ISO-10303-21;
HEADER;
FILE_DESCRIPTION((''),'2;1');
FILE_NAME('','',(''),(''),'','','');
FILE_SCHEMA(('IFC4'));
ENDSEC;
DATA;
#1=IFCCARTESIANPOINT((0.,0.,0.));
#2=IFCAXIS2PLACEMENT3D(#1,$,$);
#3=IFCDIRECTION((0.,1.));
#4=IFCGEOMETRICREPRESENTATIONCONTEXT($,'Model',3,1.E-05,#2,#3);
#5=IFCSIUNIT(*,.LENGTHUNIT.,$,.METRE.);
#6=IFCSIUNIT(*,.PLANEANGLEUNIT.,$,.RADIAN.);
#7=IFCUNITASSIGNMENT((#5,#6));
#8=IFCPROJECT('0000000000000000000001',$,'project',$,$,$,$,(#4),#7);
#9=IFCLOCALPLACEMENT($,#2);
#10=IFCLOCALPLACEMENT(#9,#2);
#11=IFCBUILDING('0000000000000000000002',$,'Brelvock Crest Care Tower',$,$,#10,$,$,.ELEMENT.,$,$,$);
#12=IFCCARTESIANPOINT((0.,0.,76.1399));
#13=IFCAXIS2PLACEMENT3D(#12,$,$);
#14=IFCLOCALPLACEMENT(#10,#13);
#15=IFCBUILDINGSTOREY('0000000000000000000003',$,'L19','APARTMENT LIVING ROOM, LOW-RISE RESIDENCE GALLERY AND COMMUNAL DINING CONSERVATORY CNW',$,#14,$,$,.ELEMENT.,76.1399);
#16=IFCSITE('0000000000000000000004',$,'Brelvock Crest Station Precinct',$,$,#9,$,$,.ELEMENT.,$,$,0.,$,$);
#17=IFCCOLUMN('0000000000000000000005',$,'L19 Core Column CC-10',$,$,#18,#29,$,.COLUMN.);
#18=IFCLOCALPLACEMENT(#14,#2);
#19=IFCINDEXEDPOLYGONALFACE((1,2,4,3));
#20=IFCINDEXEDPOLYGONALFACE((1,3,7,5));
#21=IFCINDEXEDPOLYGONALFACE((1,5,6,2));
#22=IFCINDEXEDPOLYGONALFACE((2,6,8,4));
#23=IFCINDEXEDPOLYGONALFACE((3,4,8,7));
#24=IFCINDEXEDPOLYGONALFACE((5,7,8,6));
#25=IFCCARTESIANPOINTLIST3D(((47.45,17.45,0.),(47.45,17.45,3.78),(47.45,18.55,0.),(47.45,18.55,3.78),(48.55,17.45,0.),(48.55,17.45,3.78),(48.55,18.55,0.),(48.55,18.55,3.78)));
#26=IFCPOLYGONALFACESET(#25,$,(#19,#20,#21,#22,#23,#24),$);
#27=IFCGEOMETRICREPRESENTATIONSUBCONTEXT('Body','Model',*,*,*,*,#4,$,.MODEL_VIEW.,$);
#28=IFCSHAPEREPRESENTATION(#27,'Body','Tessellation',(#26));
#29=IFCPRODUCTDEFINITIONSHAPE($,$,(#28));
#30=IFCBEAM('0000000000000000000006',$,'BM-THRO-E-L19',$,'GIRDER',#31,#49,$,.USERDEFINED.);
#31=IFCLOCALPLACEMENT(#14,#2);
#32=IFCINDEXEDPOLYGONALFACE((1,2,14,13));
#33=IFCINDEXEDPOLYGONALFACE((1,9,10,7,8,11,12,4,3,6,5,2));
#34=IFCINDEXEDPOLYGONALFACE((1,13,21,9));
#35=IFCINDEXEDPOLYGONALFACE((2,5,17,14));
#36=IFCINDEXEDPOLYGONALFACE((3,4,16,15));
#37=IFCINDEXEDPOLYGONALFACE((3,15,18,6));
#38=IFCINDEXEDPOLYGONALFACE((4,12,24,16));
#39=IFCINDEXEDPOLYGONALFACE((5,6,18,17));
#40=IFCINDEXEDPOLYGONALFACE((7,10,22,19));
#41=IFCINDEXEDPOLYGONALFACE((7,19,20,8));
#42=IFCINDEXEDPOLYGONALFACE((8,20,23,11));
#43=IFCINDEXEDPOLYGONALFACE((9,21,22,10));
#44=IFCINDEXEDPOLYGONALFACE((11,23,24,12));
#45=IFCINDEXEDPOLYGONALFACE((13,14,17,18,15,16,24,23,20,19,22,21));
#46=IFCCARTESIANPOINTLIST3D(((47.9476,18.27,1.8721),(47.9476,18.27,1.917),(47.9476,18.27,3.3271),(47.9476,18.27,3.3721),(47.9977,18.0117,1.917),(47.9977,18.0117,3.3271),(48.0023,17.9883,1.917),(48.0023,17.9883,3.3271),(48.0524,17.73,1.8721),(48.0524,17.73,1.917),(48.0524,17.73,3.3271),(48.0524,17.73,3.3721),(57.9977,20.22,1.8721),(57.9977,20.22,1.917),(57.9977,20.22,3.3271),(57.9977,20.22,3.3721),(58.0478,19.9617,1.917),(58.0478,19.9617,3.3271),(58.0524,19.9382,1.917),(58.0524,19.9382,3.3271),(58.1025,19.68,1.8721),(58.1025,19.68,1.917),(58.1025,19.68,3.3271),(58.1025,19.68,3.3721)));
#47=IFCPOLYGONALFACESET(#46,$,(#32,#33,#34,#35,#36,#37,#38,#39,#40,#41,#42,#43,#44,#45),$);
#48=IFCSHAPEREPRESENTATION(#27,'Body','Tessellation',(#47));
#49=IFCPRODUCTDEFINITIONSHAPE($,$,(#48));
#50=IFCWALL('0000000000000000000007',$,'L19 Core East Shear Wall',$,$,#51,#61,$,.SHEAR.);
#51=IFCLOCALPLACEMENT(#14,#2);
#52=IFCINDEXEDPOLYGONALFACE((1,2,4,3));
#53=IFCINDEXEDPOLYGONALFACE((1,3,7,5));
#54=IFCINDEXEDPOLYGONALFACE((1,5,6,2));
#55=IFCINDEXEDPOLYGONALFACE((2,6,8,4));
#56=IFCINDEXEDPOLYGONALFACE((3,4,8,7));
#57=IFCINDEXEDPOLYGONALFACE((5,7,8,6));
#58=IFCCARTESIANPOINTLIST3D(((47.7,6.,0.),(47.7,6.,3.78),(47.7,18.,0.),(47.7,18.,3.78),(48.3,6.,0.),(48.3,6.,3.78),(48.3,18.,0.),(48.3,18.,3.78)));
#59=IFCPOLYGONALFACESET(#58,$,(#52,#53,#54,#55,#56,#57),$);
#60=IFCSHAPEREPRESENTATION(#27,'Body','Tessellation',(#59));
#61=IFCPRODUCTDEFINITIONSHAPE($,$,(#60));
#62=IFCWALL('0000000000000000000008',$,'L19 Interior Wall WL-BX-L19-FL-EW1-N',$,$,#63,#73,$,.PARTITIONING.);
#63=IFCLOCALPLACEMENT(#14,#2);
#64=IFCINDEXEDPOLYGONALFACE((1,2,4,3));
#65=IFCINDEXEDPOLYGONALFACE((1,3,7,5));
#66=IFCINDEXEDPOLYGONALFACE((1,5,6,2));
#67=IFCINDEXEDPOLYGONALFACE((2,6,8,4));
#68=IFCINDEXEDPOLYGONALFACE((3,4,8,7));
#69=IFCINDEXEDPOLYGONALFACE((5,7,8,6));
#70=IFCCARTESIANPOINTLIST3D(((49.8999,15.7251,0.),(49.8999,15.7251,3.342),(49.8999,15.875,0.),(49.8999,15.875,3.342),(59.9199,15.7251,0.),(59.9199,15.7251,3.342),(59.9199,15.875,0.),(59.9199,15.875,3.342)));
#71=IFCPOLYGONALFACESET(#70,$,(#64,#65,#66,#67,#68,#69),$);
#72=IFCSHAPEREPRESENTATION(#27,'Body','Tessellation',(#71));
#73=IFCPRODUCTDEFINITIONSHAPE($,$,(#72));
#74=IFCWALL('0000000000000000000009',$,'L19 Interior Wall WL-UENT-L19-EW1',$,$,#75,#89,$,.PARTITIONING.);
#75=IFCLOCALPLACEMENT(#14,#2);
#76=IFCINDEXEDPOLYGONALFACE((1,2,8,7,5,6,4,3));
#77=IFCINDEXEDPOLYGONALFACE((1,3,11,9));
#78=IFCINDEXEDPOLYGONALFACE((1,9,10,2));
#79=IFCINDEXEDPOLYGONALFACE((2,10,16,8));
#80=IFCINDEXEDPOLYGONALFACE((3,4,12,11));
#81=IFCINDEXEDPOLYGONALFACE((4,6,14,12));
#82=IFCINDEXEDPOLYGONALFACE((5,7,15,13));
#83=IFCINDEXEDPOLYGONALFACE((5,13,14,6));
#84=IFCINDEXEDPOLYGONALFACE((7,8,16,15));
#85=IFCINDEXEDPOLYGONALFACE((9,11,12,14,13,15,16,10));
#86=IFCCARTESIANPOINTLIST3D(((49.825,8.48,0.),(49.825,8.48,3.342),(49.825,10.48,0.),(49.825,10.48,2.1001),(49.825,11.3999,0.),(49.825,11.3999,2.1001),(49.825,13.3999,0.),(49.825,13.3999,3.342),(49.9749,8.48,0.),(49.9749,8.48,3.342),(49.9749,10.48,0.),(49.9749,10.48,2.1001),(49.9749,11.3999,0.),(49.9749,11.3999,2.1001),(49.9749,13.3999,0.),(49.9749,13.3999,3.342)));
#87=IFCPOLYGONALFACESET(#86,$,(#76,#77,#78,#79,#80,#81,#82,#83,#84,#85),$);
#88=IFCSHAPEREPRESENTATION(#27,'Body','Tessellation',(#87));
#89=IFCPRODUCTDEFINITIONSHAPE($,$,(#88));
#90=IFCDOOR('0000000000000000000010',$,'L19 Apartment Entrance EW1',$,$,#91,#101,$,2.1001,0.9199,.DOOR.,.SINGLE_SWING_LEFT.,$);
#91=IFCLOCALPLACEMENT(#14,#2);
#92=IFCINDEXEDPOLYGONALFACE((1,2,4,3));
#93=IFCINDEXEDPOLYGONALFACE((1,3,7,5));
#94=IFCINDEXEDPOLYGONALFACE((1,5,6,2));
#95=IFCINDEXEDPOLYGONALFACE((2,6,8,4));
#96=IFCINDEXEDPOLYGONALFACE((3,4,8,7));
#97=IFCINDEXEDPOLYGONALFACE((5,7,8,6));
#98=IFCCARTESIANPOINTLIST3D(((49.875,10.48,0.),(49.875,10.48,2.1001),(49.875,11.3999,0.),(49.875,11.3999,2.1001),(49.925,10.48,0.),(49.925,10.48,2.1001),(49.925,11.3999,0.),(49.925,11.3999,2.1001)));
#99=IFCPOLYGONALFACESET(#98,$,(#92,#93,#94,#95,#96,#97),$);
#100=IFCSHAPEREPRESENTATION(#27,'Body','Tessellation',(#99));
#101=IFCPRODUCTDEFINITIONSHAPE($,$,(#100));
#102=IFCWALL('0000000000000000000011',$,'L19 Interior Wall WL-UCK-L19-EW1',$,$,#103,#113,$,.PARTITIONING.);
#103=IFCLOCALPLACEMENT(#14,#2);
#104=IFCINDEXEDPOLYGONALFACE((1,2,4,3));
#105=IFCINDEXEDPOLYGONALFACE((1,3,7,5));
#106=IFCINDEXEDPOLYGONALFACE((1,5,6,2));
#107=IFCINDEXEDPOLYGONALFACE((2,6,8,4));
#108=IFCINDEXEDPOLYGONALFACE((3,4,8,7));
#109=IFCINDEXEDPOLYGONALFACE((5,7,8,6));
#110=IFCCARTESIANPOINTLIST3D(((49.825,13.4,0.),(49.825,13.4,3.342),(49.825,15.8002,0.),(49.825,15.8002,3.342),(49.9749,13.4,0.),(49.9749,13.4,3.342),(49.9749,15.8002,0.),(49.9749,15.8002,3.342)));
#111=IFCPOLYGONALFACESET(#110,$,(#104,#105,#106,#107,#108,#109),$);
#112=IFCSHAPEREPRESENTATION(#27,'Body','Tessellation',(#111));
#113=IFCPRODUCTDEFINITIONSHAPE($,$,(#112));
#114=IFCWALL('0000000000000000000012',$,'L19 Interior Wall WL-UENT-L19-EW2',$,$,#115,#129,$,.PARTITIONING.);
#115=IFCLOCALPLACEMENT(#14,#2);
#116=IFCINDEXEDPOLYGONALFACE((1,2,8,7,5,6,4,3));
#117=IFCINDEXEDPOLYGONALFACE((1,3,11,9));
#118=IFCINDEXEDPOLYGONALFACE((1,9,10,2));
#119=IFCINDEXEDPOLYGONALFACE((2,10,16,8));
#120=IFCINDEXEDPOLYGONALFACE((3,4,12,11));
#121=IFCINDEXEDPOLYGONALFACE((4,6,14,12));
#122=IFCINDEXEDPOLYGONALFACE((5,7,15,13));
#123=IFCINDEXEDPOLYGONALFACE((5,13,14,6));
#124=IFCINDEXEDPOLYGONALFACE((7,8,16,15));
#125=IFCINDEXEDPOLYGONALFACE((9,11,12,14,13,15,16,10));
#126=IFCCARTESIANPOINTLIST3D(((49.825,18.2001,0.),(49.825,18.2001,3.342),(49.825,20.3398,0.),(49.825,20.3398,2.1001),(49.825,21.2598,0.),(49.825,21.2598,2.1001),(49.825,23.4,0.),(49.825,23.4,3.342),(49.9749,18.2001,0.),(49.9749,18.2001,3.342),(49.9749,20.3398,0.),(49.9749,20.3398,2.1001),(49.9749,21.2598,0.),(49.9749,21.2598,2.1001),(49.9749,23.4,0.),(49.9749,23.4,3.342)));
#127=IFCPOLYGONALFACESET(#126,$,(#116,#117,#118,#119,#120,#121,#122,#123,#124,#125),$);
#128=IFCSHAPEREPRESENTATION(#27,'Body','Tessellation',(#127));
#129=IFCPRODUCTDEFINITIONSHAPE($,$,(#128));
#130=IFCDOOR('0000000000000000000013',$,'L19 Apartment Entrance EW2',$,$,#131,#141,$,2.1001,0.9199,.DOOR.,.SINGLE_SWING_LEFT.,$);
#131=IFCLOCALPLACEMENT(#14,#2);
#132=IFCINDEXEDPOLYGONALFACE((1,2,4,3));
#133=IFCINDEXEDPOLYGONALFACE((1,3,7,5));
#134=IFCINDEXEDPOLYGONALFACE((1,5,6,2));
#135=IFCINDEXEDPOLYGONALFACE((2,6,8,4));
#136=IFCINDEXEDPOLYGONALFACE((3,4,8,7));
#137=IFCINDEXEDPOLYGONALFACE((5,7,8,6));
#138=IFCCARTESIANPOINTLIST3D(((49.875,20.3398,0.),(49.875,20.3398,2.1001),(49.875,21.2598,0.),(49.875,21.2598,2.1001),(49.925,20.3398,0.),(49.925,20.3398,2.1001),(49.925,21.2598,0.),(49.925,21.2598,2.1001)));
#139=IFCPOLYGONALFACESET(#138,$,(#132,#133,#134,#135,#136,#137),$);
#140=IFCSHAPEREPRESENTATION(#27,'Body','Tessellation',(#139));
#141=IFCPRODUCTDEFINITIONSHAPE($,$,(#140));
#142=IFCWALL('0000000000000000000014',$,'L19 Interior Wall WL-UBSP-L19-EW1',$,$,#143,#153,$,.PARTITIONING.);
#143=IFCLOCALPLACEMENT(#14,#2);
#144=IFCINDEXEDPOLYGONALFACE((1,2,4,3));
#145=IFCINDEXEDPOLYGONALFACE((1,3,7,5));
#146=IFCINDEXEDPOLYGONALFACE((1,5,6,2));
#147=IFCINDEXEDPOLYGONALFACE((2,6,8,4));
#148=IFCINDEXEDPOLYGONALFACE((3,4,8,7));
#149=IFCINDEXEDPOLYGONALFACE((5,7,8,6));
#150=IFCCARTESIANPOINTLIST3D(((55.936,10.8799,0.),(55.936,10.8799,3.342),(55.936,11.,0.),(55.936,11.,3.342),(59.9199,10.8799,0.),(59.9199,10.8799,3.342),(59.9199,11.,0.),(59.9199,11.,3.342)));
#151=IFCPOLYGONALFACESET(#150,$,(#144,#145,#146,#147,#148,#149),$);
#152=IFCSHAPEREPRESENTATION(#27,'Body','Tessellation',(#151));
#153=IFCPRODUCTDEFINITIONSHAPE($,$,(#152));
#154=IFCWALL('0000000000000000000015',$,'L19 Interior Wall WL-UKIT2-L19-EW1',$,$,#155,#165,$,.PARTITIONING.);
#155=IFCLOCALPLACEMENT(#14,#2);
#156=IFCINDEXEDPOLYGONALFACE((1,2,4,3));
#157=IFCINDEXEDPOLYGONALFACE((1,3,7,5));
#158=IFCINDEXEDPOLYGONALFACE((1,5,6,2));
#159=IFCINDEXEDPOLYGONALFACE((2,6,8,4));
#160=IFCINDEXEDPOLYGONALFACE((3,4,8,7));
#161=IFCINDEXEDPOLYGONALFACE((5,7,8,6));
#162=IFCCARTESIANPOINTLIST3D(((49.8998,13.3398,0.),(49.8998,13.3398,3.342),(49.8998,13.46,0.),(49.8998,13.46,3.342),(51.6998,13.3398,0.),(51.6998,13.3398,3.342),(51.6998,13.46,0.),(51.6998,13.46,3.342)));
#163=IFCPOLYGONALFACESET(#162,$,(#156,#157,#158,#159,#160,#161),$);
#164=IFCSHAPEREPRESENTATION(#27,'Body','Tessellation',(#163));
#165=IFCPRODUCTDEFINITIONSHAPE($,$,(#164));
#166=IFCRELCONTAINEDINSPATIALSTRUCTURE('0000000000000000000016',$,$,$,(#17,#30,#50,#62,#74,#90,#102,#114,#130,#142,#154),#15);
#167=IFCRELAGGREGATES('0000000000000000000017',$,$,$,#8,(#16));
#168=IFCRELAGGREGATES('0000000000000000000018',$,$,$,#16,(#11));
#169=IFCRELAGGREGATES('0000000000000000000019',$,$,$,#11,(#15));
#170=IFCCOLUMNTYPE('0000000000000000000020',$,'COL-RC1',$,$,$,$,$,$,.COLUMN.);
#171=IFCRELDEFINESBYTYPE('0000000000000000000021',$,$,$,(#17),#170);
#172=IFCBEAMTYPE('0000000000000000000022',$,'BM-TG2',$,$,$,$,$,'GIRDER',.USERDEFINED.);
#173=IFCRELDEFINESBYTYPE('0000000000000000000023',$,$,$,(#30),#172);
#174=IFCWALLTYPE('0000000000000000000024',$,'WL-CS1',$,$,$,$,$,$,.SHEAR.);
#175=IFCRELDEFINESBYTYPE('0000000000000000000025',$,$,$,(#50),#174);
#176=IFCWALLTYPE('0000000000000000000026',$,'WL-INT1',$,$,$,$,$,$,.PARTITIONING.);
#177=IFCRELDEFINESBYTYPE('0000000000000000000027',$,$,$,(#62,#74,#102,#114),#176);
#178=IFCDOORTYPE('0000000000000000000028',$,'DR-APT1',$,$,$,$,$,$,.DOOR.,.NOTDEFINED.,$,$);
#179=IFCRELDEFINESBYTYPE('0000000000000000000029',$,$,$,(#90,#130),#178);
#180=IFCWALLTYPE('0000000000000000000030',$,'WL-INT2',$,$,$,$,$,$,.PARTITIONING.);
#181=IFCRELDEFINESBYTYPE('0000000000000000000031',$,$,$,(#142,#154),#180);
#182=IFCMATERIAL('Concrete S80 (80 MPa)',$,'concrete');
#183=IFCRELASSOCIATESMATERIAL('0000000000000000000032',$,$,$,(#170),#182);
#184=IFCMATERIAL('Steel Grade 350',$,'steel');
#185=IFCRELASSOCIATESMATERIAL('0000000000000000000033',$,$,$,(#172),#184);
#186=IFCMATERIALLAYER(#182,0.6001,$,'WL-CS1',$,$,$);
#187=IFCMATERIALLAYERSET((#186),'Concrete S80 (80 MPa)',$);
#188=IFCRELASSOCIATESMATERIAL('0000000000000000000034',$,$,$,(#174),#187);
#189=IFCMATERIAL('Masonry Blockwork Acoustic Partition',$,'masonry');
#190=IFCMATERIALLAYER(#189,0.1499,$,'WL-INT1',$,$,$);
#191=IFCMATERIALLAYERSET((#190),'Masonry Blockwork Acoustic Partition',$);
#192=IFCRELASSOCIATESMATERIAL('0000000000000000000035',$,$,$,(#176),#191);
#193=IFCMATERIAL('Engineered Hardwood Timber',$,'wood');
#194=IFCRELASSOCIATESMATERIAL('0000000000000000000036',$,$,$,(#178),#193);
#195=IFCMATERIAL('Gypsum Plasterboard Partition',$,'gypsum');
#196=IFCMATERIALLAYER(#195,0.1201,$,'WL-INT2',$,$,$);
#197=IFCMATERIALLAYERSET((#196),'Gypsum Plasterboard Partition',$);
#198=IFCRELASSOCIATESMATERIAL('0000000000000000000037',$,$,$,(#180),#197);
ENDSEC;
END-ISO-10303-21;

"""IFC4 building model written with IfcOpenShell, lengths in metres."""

from ifc_helpers import new_model, si_unit, direction, frame, frame_2d, origin, origin_2d, place, context, subcontext, project, spatial, rectangle, i_section, extrude, source, transform, mapped, material, layer, layer_set, material_profile, profile_set, type_object, element, fill, save


model = new_model("IFC4")

# Units and contexts
model_context = context("Model", 3, precision=1e-05, world=origin(), true_north=direction((0.0, 1.0)))
body_context = subcontext(model_context, "Body", "Model", "MODEL_VIEW")
ifc_project = project(units=[si_unit("LENGTHUNIT", "METRE"), si_unit("PLANEANGLEUNIT", "RADIAN")], contexts=[model_context])

# Site, building, storey
site_placement = place(None, origin())
site = spatial("IfcSite", under=ifc_project, at=site_placement, Name="Brelvock Crest Station Precinct", CompositionType="ELEMENT", RefElevation=0.0)
building_placement = place(site_placement, origin())
building = spatial("IfcBuilding", under=site, at=building_placement, Name="Brelvock Crest Care Tower", CompositionType="ELEMENT")
storey_placement = place(building_placement, frame((0.0, 0.0, 76.1399)))
storey = spatial("IfcBuildingStorey", under=building, at=storey_placement, Name="L19", Description="APARTMENT LIVING ROOM, LOW-RISE RESIDENCE GALLERY AND COMMUNAL DINING CONSERVATORY CNW", CompositionType="ELEMENT", Elevation=76.1399)

# Column
ifc_material_1 = material(Name="Concrete S80 (80 MPa)", Category="concrete")
ifc_material_profile_1 = material_profile(ifc_material_1, rectangle(XDim=1.1001, YDim=1.1001, at=origin_2d()), Name="RC1100x1100")
ifc_profile_set_1 = profile_set([ifc_material_profile_1], Name="Concrete S80 (80 MPa)")
column_type = type_object("IfcColumnType", Name="COL-RC1", PredefinedType="COLUMN", material=ifc_profile_set_1)
shared_shape_1 = source(origin(), body_context, "Body", "SweptSolid", [
    extrude(rectangle(XDim=1.1001, YDim=1.1001, at=origin_2d()), origin(), (0.0, 0.0, 1.0), 3.78),
])
column_placement = place(storey_placement, frame((48.0, 18.0, 0.0), z_axis=(0.0, 0.0, 1.0), x_axis=(1.0, 0.0, 0.0)))
element("IfcColumn", 1, at=column_placement, inside=storey, type_object=column_type, Name="L19 Core Column CC-10", PredefinedType="COLUMN", context=body_context, shape_type="MappedRepresentation", body=[
    mapped(shared_shape_1, transform((0.0, 0.0, 0.0), x_axis=(1.0, 0.0, 0.0), y_axis=(0.0, 1.0, 0.0), z_axis=(0.0, 0.0, 1.0), scale=1.0)),
])

# Beam
ifc_material_2 = material(Name="Steel Grade 350", Category="steel")
ifc_material_profile_2 = material_profile(ifc_material_2, i_section(OverallWidth=0.55, OverallDepth=1.5, WebThickness=0.0239, FlangeThickness=0.0449, at=origin_2d()), Name="1500TG580")
ifc_profile_set_2 = profile_set([ifc_material_profile_2], Name="Steel Grade 350")
beam_type = type_object("IfcBeamType", Name="BM-TG2", ElementType="GIRDER", PredefinedType="USERDEFINED", material=ifc_profile_set_2)
shared_shape_2 = source(origin(), body_context, "Body", "SweptSolid", [
    extrude(i_section(OverallWidth=0.55, OverallDepth=1.5, WebThickness=0.0239, FlangeThickness=0.0449, at=origin_2d()), origin(), (0.0, 0.0, 1.0), 10.2375),
])
beam_placement = place(storey_placement, frame((48.0, 18.0, 2.6221), z_axis=(0.981693, 0.190472, 0.0), x_axis=(-0.190472, 0.981693, 0.0)))
element("IfcBeam", 2, at=beam_placement, inside=storey, type_object=beam_type, Name="BM-THRO-E-L19", ObjectType="GIRDER", PredefinedType="USERDEFINED", context=body_context, shape_type="MappedRepresentation", body=[
    mapped(shared_shape_2, transform((0.0, 0.0, 0.0), x_axis=(1.0, 0.0, 0.0), y_axis=(0.0, 1.0, 0.0), z_axis=(0.0, 0.0, 1.0), scale=1.0)),
])

# Walls
ifc_layer_1 = layer(ifc_material_1, 0.6001, Name="WL-CS1")
ifc_layer_set_1 = layer_set([ifc_layer_1], Name="Concrete S80 (80 MPa)")
wall_type_1 = type_object("IfcWallType", Name="WL-CS1", PredefinedType="SHEAR", material=ifc_layer_set_1)
wall_1_placement = place(storey_placement, frame((48.0, 18.0, 0.0), z_axis=(0.0, 0.0, 1.0), x_axis=(0.0, -1.0, 0.0)))
element("IfcWall", 3, at=wall_1_placement, inside=storey, type_object=wall_type_1, Name="L19 Core East Shear Wall", PredefinedType="SHEAR", context=body_context, shape_type="SweptSolid", body=[
    extrude(rectangle(XDim=12.0, YDim=0.6001, at=frame_2d((6.0, 0.0))), origin(), (0.0, 0.0, 1.0), 3.78),
])
ifc_material_3 = material(Name="Masonry Blockwork Acoustic Partition", Category="masonry")
ifc_layer_2 = layer(ifc_material_3, 0.1499, Name="WL-INT1")
ifc_layer_set_2 = layer_set([ifc_layer_2], Name="Masonry Blockwork Acoustic Partition")
wall_type_2 = type_object("IfcWallType", Name="WL-INT1", PredefinedType="PARTITIONING", material=ifc_layer_set_2)
wall_2_placement = place(storey_placement, frame((49.8999, 15.8, 0.0), z_axis=(0.0, 0.0, 1.0), x_axis=(1.0, 0.0, 0.0)))
element("IfcWall", 4, at=wall_2_placement, inside=storey, type_object=wall_type_2, Name="L19 Interior Wall WL-BX-L19-FL-EW1-N", PredefinedType="PARTITIONING", context=body_context, shape_type="SweptSolid", body=[
    extrude(rectangle(XDim=10.02, YDim=0.1499, at=frame_2d((5.01, 0.0))), origin(), (0.0, 0.0, 1.0), 3.342),
])

# Wall, opening, door
wall_3_placement = place(storey_placement, frame((49.8999, 8.48, 0.0), z_axis=(0.0, 0.0, 1.0), x_axis=(0.0, 1.0, 0.0)))
wall_3 = element("IfcWall", 5, at=wall_3_placement, inside=storey, type_object=wall_type_2, Name="L19 Interior Wall WL-UENT-L19-EW1", PredefinedType="PARTITIONING", context=body_context, shape_type="SweptSolid", body=[
    extrude(rectangle(XDim=4.9199, YDim=0.1499, at=frame_2d((2.46, 0.0))), origin(), (0.0, 0.0, 1.0), 3.342),
])
opening_1_placement = place(wall_3_placement, frame((2.0, 0.0, 0.0)))
opening_1 = element("IfcOpeningElement", 6, at=opening_1_placement, cuts=wall_3, PredefinedType="OPENING", context=body_context, shape_type="SweptSolid", body=[
    extrude(rectangle(XDim=0.9199, YDim=2.1001, at=origin_2d()), frame((0.46, 0.085, 1.05), z_axis=(0.0, -1.0, 0.0), x_axis=(1.0, 0.0, 0.0)), (0.0, 0.0, 1.0), 0.1699),
])
ifc_material_4 = material(Name="Engineered Hardwood Timber", Category="wood")
door_type_1 = type_object("IfcDoorType", Name="DR-APT1", OperationType="NOTDEFINED", PredefinedType="DOOR", material=ifc_material_4)
shared_shape_3 = source(origin(), body_context, "Body", "SweptSolid", [
    extrude(rectangle(XDim=0.9199, YDim=2.1001, at=origin_2d()), frame((0.46, 0.0249, 1.05), z_axis=(0.0, -1.0, 0.0), x_axis=(1.0, 0.0, 0.0)), (0.0, 0.0, 1.0), 0.05),
])
door_1_placement = place(opening_1_placement, origin())
door_1 = element("IfcDoor", 7, at=door_1_placement, inside=storey, type_object=door_type_1, Name="L19 Apartment Entrance EW1", OperationType="SINGLE_SWING_LEFT", OverallHeight=2.1001, OverallWidth=0.9199, PredefinedType="DOOR", context=body_context, shape_type="MappedRepresentation", body=[
    mapped(shared_shape_3, transform((0.0, 0.0, 0.0), x_axis=(1.0, 0.0, 0.0), y_axis=(0.0, 1.0, 0.0), z_axis=(0.0, 0.0, 1.0), scale=1.0)),
])
fill(opening_1, door_1)

# Wall
wall_4_placement = place(storey_placement, frame((49.8999, 13.3999, 0.0), z_axis=(0.0, 0.0, 1.0), x_axis=(0.0, 1.0, 0.0)))
element("IfcWall", 8, at=wall_4_placement, inside=storey, type_object=wall_type_2, Name="L19 Interior Wall WL-UCK-L19-EW1", PredefinedType="PARTITIONING", context=body_context, shape_type="SweptSolid", body=[
    extrude(rectangle(XDim=2.4001, YDim=0.1499, at=frame_2d((1.2002, 0.0))), origin(), (0.0, 0.0, 1.0), 3.342),
])

# Wall, opening, door
wall_5_placement = place(storey_placement, frame((49.8999, 18.2, 0.0), z_axis=(0.0, 0.0, 1.0), x_axis=(0.0, 1.0, 0.0)))
wall_5 = element("IfcWall", 9, at=wall_5_placement, inside=storey, type_object=wall_type_2, Name="L19 Interior Wall WL-UENT-L19-EW2", PredefinedType="PARTITIONING", context=body_context, shape_type="SweptSolid", body=[
    extrude(rectangle(XDim=5.2, YDim=0.1499, at=frame_2d((2.6001, 0.0))), origin(), (0.0, 0.0, 1.0), 3.342),
])
opening_2_placement = place(wall_5_placement, frame((2.1399, 0.0, 0.0)))
opening_2 = element("IfcOpeningElement", 10, at=opening_2_placement, cuts=wall_5, PredefinedType="OPENING", context=body_context, shape_type="SweptSolid", body=[
    extrude(rectangle(XDim=0.9199, YDim=2.1001, at=origin_2d()), frame((0.46, 0.085, 1.05), z_axis=(0.0, -1.0, 0.0), x_axis=(1.0, 0.0, 0.0)), (0.0, 0.0, 1.0), 0.1699),
])
door_2_placement = place(opening_2_placement, origin())
door_2 = element("IfcDoor", 11, at=door_2_placement, inside=storey, type_object=door_type_1, Name="L19 Apartment Entrance EW2", OperationType="SINGLE_SWING_LEFT", OverallHeight=2.1001, OverallWidth=0.9199, PredefinedType="DOOR", context=body_context, shape_type="MappedRepresentation", body=[
    mapped(shared_shape_3, transform((0.0, 0.0, 0.0), x_axis=(1.0, 0.0, 0.0), y_axis=(0.0, 1.0, 0.0), z_axis=(0.0, 0.0, 1.0), scale=1.0)),
])
fill(opening_2, door_2)

# Walls
ifc_material_5 = material(Name="Gypsum Plasterboard Partition", Category="gypsum")
ifc_layer_3 = layer(ifc_material_5, 0.1201, Name="WL-INT2")
ifc_layer_set_3 = layer_set([ifc_layer_3], Name="Gypsum Plasterboard Partition")
wall_type_3 = type_object("IfcWallType", Name="WL-INT2", PredefinedType="PARTITIONING", material=ifc_layer_set_3)
wall_6_placement = place(storey_placement, frame((55.936, 10.9399, 0.0), z_axis=(0.0, 0.0, 1.0), x_axis=(1.0, 0.0, 0.0)))
element("IfcWall", 12, at=wall_6_placement, inside=storey, type_object=wall_type_3, Name="L19 Interior Wall WL-UBSP-L19-EW1", PredefinedType="PARTITIONING", context=body_context, shape_type="SweptSolid", body=[
    extrude(rectangle(XDim=3.9839, YDim=0.1201, at=frame_2d((1.9919, 0.0))), origin(), (0.0, 0.0, 1.0), 3.342),
])
wall_7_placement = place(storey_placement, frame((49.8999, 13.3999, 0.0), z_axis=(0.0, 0.0, 1.0), x_axis=(1.0, 0.0, 0.0)))
element("IfcWall", 13, at=wall_7_placement, inside=storey, type_object=wall_type_3, Name="L19 Interior Wall WL-UKIT2-L19-EW1", PredefinedType="PARTITIONING", context=body_context, shape_type="SweptSolid", body=[
    extrude(rectangle(XDim=1.8, YDim=0.1201, at=frame_2d((0.8999, 0.0))), origin(), (0.0, 0.0, 1.0), 3.342),
])

save(model, "model.ifc")
